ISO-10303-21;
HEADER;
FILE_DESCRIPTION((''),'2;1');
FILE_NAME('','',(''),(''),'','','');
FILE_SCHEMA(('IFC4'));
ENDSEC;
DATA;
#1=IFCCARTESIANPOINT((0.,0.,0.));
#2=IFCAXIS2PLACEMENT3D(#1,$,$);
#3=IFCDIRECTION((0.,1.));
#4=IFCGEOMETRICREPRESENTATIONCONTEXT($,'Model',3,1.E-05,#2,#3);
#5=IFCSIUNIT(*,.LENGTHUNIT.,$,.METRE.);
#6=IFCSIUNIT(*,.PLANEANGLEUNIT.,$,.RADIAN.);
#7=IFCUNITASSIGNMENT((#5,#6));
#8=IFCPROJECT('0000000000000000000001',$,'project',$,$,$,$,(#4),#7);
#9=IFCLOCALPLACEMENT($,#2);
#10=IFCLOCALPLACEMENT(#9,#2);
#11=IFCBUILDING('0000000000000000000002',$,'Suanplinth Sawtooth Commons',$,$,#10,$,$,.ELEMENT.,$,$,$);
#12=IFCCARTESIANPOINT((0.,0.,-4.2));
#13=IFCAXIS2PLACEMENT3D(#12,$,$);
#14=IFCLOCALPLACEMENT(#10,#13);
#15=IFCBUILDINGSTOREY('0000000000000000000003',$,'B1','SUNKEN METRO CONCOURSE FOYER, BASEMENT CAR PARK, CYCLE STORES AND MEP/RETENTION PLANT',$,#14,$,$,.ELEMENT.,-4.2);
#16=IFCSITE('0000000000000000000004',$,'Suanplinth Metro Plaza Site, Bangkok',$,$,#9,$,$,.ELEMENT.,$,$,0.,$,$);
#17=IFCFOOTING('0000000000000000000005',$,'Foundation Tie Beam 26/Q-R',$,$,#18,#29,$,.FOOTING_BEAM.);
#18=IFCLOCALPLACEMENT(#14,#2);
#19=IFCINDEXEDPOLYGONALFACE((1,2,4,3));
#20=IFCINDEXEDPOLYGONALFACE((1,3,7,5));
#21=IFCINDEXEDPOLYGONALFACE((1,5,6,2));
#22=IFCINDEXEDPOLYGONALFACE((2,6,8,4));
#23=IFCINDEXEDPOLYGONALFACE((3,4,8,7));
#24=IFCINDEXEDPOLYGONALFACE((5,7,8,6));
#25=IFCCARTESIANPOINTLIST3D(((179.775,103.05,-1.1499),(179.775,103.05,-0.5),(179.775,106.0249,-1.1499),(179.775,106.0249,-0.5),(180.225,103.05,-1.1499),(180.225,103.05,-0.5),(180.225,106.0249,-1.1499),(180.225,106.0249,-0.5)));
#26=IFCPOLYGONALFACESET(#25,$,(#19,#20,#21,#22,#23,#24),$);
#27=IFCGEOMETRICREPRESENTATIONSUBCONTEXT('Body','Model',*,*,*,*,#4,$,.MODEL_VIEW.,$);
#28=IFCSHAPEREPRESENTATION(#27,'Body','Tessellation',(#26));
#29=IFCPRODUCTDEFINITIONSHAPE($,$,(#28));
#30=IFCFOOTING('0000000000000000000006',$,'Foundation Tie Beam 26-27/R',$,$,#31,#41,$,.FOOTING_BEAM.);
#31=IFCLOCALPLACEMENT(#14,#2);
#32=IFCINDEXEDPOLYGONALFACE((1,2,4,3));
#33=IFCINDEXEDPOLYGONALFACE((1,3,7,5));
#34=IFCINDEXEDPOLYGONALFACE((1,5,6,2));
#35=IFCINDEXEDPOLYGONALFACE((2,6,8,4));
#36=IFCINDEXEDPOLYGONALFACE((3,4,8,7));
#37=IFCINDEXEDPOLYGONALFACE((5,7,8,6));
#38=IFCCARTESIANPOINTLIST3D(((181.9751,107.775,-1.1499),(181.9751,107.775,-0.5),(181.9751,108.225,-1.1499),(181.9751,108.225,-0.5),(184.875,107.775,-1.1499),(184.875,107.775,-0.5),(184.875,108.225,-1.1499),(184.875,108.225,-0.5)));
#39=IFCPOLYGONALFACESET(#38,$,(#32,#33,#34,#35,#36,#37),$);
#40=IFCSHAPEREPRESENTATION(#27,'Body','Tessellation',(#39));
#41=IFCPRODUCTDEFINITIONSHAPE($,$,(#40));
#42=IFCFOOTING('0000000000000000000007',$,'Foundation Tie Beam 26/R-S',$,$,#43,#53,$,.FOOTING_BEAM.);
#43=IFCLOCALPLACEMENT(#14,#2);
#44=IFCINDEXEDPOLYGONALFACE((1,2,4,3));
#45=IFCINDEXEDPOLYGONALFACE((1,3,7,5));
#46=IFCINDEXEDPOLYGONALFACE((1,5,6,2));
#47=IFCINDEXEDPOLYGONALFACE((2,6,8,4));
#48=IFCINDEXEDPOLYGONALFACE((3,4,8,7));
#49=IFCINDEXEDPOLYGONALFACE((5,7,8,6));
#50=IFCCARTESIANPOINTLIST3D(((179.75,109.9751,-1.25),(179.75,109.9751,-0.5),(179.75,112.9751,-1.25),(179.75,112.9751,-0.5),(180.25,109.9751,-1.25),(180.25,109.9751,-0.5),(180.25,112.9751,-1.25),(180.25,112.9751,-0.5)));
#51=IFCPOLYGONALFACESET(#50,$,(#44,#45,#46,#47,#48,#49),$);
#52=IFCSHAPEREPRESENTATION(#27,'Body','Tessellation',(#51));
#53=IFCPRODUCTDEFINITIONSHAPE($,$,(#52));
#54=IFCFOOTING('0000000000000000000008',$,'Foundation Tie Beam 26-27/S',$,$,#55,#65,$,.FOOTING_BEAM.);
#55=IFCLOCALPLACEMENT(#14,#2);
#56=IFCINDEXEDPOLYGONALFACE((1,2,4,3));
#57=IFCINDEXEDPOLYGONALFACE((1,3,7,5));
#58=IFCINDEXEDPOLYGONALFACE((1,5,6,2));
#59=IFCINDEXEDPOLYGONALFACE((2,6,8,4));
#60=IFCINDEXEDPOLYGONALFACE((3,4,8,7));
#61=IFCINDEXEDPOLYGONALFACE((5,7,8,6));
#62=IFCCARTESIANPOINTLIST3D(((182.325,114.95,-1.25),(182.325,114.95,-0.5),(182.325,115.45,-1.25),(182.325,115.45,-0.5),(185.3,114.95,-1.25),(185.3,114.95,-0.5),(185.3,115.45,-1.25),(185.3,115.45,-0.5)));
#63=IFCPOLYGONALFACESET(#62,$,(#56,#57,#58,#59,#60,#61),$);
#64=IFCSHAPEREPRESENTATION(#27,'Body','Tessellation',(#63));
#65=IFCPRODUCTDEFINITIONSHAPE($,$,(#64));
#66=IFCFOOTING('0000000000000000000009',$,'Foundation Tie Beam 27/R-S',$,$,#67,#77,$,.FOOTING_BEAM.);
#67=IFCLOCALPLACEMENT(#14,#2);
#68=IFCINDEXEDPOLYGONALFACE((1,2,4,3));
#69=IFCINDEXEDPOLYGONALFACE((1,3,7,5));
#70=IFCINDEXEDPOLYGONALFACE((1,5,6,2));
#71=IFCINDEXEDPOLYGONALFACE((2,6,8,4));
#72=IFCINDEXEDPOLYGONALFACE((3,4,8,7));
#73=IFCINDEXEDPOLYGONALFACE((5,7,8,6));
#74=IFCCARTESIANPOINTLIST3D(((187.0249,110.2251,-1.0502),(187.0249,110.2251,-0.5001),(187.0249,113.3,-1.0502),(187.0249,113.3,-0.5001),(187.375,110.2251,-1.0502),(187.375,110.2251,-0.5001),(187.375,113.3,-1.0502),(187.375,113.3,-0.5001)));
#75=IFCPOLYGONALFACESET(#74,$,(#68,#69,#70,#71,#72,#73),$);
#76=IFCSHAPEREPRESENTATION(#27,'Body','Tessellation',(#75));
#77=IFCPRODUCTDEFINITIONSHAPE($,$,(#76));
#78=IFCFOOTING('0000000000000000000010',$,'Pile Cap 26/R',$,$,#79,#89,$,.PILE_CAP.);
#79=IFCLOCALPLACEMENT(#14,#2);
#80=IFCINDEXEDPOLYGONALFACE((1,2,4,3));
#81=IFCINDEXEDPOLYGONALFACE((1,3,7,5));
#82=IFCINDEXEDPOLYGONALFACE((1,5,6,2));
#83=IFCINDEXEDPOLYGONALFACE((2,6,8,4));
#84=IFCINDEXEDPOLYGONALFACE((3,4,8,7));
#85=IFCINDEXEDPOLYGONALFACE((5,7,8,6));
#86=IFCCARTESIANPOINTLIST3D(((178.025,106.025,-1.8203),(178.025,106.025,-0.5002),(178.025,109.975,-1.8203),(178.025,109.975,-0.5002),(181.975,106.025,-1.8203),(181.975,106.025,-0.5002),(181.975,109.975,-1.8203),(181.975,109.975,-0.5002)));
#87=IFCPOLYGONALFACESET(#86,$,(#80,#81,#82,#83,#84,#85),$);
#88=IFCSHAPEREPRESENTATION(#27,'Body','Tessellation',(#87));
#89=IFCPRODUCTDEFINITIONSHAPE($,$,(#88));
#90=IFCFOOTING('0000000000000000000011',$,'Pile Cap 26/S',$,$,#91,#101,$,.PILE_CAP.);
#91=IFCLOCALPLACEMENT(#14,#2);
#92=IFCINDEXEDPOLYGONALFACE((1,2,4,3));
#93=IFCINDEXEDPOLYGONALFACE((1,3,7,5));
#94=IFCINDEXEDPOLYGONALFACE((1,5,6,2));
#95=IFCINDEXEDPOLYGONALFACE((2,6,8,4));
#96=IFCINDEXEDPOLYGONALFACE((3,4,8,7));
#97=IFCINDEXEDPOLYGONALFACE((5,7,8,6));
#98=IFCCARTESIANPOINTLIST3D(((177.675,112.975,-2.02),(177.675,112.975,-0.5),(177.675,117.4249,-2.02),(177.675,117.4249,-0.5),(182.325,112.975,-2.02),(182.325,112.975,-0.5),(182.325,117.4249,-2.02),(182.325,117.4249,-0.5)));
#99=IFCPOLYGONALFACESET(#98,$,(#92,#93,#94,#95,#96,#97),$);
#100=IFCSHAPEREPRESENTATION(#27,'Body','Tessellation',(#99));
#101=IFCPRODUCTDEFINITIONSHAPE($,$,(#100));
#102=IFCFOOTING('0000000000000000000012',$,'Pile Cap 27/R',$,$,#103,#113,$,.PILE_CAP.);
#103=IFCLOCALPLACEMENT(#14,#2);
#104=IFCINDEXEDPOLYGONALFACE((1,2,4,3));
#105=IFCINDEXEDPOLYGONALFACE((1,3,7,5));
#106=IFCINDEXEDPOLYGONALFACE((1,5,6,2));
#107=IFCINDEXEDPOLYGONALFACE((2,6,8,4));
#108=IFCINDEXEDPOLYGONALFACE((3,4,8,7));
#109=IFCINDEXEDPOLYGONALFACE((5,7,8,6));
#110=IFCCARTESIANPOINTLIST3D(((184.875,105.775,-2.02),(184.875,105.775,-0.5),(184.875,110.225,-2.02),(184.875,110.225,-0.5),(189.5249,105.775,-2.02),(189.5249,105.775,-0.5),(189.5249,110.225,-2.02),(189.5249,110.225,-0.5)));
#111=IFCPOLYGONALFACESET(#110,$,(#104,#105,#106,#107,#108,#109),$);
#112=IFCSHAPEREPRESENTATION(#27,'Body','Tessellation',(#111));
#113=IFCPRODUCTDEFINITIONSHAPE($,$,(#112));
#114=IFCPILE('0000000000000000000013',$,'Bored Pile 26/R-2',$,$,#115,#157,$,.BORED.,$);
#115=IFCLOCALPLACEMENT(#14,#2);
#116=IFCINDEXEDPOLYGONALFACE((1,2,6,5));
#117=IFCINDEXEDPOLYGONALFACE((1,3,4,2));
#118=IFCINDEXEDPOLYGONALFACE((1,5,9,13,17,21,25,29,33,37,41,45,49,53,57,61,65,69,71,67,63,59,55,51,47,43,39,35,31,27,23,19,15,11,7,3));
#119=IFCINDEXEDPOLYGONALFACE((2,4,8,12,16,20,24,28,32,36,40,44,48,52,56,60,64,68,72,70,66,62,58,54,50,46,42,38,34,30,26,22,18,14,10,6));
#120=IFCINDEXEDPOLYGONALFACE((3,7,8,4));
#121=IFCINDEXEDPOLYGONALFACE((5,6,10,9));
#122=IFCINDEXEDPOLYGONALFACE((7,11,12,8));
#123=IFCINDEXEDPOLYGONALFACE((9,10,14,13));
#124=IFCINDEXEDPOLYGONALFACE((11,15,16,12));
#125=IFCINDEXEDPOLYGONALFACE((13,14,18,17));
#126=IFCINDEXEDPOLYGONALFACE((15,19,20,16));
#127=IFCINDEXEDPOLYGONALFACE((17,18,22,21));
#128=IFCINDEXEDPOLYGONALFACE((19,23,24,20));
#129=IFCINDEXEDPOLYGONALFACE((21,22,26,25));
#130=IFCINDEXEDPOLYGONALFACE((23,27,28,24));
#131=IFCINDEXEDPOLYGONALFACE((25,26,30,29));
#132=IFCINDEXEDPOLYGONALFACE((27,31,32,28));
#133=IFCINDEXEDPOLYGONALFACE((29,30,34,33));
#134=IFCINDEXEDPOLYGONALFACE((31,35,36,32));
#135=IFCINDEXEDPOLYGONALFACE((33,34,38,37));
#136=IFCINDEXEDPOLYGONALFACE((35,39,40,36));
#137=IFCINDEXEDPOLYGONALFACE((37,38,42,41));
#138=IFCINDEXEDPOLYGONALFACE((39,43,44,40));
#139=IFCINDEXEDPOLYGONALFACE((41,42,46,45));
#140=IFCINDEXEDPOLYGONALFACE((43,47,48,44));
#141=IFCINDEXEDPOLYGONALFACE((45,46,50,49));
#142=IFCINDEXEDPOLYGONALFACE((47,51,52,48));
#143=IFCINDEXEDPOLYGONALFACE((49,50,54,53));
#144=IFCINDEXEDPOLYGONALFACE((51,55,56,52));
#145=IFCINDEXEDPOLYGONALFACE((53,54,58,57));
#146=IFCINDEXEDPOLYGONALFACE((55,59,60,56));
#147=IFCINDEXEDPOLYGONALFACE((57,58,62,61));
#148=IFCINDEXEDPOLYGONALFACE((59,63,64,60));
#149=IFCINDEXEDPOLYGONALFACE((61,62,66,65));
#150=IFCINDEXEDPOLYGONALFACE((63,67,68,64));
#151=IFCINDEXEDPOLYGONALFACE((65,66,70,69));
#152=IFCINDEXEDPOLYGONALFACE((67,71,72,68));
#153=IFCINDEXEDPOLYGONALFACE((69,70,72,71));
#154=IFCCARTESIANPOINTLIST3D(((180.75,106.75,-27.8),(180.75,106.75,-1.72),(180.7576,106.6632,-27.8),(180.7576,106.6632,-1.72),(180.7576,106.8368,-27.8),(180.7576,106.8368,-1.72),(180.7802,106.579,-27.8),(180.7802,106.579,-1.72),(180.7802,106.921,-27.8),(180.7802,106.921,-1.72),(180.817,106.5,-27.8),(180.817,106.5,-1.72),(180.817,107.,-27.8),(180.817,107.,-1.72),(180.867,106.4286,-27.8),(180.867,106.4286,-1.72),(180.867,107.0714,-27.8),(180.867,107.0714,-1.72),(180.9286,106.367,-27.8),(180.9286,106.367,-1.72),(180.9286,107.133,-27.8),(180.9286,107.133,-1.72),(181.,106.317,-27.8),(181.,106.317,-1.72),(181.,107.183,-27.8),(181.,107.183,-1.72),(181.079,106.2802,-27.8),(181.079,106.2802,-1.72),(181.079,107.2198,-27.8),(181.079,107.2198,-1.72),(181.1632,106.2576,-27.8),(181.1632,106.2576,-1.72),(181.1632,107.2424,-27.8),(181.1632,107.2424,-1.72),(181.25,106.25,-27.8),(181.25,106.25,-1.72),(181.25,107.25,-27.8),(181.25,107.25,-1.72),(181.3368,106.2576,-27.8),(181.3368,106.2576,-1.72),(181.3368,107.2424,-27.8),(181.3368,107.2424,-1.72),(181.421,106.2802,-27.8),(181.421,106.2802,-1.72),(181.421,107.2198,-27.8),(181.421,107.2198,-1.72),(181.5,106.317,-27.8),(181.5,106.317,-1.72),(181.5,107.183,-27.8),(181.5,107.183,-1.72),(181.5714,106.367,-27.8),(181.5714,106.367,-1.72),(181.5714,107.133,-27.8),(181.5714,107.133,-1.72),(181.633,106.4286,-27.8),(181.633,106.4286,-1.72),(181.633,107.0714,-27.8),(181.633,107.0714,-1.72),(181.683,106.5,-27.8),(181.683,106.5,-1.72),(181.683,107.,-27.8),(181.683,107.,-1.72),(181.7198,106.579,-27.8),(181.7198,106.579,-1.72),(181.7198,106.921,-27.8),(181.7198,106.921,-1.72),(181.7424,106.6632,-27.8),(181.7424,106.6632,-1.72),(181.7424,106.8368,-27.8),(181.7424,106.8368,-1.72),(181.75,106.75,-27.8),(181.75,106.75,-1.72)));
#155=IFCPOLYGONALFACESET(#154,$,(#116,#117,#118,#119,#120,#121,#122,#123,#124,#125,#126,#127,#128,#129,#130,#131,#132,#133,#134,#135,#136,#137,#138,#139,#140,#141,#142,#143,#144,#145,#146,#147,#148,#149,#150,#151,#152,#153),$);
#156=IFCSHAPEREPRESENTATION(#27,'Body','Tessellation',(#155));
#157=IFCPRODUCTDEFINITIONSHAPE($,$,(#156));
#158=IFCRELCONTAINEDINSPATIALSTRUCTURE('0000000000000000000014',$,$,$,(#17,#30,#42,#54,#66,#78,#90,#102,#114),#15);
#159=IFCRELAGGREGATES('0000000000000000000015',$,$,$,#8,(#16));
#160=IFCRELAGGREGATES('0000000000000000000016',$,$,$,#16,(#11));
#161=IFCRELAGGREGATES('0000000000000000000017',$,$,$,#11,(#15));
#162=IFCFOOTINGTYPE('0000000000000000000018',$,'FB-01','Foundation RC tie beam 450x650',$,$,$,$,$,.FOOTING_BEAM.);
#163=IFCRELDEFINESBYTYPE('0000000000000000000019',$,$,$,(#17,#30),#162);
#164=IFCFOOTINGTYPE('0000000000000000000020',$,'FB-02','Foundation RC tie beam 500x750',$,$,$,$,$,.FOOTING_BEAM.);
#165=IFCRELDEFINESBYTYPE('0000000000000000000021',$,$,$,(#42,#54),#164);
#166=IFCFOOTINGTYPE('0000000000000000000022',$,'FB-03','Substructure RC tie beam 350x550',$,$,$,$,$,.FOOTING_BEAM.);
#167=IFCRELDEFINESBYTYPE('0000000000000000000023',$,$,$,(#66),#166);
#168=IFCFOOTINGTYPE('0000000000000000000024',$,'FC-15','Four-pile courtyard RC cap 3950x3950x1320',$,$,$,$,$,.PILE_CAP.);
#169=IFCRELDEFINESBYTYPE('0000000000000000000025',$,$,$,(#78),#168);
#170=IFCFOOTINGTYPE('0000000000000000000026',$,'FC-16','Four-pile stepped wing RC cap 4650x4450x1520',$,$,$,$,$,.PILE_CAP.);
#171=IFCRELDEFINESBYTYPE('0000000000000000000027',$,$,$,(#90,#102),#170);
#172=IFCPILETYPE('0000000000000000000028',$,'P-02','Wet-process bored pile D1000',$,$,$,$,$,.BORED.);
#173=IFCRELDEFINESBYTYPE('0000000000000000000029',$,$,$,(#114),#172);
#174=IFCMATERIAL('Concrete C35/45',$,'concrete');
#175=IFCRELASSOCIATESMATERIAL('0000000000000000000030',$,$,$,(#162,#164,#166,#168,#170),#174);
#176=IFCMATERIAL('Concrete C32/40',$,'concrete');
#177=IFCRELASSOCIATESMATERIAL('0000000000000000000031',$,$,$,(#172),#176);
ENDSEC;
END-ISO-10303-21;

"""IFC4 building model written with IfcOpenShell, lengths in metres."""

from ifc_helpers import new_model, si_unit, direction, frame, origin, origin_2d, place, context, subcontext, project, spatial, rectangle, circle, extrude, material, material_profile, profile_set, type_object, element, save


model = new_model("IFC4")

# Units and contexts
model_context = context("Model", 3, precision=1e-05, world=origin(), true_north=direction((0.0, 1.0)))
body_context = subcontext(model_context, "Body", "Model", "MODEL_VIEW")
ifc_project = project(units=[si_unit("LENGTHUNIT", "METRE"), si_unit("PLANEANGLEUNIT", "RADIAN")], contexts=[model_context])

# Site, building, storey
site_placement = place(None, origin())
site = spatial("IfcSite", under=ifc_project, at=site_placement, Name="Suanplinth Metro Plaza Site, Bangkok", CompositionType="ELEMENT", RefElevation=0.0)
building_placement = place(site_placement, origin())
building = spatial("IfcBuilding", under=site, at=building_placement, Name="Suanplinth Sawtooth Commons", CompositionType="ELEMENT")
storey_placement = place(building_placement, frame((0.0, 0.0, -4.2)))
storey = spatial("IfcBuildingStorey", under=building, at=storey_placement, Name="B1", Description="SUNKEN METRO CONCOURSE FOYER, BASEMENT CAR PARK, CYCLE STORES AND MEP/RETENTION PLANT", CompositionType="ELEMENT", Elevation=-4.2)

# Footings
ifc_material_1 = material(Name="Concrete C35/45", Category="concrete")
ifc_material_profile_1 = material_profile(ifc_material_1, rectangle(XDim=0.45, YDim=0.6499, at=origin_2d()), Name="PC-GDR 450x650")
ifc_profile_set_1 = profile_set([ifc_material_profile_1], Name="Concrete C35/45")
footing_type_1 = type_object("IfcFootingType", Name="FB-01", Description="Foundation RC tie beam 450x650", PredefinedType="FOOTING_BEAM", material=ifc_profile_set_1)
footing_1_placement = place(storey_placement, frame((180.0, 103.05, -0.825), z_axis=(0.0, 1.0, 0.0), x_axis=(-1.0, 0.0, 0.0)))
element("IfcFooting", 1, at=footing_1_placement, inside=storey, type_object=footing_type_1, Name="Foundation Tie Beam 26/Q-R", PredefinedType="FOOTING_BEAM", context=body_context, shape_type="SweptSolid", body=[
    extrude(rectangle(XDim=0.45, YDim=0.6499, at=origin_2d()), origin(), (0.0, 0.0, 1.0), 2.9749),
])
footing_2_placement = place(storey_placement, frame((181.9751, 108.0, -0.825), z_axis=(1.0, 0.0, 0.0), x_axis=(0.0, 1.0, 0.0)))
element("IfcFooting", 2, at=footing_2_placement, inside=storey, type_object=footing_type_1, Name="Foundation Tie Beam 26-27/R", PredefinedType="FOOTING_BEAM", context=body_context, shape_type="SweptSolid", body=[
    extrude(rectangle(XDim=0.45, YDim=0.6499, at=origin_2d()), origin(), (0.0, 0.0, 1.0), 2.8999),
])
ifc_material_profile_2 = material_profile(ifc_material_1, rectangle(XDim=0.5, YDim=0.75, at=origin_2d()), Name="RC-GDR 500x750")
ifc_profile_set_2 = profile_set([ifc_material_profile_2], Name="Concrete C35/45")
footing_type_2 = type_object("IfcFootingType", Name="FB-02", Description="Foundation RC tie beam 500x750", PredefinedType="FOOTING_BEAM", material=ifc_profile_set_2)
footing_3_placement = place(storey_placement, frame((180.0, 109.9751, -0.875), z_axis=(0.0, 1.0, 0.0), x_axis=(-1.0, 0.0, 0.0)))
element("IfcFooting", 3, at=footing_3_placement, inside=storey, type_object=footing_type_2, Name="Foundation Tie Beam 26/R-S", PredefinedType="FOOTING_BEAM", context=body_context, shape_type="SweptSolid", body=[
    extrude(rectangle(XDim=0.5, YDim=0.75, at=origin_2d()), origin(), (0.0, 0.0, 1.0), 3.0),
])
footing_4_placement = place(storey_placement, frame((182.325, 115.2, -0.875), z_axis=(1.0, 0.0, 0.0), x_axis=(0.0, 1.0, 0.0)))
element("IfcFooting", 4, at=footing_4_placement, inside=storey, type_object=footing_type_2, Name="Foundation Tie Beam 26-27/S", PredefinedType="FOOTING_BEAM", context=body_context, shape_type="SweptSolid", body=[
    extrude(rectangle(XDim=0.5, YDim=0.75, at=origin_2d()), origin(), (0.0, 0.0, 1.0), 2.9751),
])
ifc_material_profile_3 = material_profile(ifc_material_1, rectangle(XDim=0.3501, YDim=0.55, at=origin_2d()), Name="PC-BM 350x550")
ifc_profile_set_3 = profile_set([ifc_material_profile_3], Name="Concrete C35/45")
footing_type_3 = type_object("IfcFootingType", Name="FB-03", Description="Substructure RC tie beam 350x550", PredefinedType="FOOTING_BEAM", material=ifc_profile_set_3)
footing_5_placement = place(storey_placement, frame((187.2, 110.2251, -0.7751), z_axis=(0.0, 1.0, 0.0), x_axis=(-1.0, 0.0, 0.0)))
element("IfcFooting", 5, at=footing_5_placement, inside=storey, type_object=footing_type_3, Name="Foundation Tie Beam 27/R-S", PredefinedType="FOOTING_BEAM", context=body_context, shape_type="SweptSolid", body=[
    extrude(rectangle(XDim=0.3501, YDim=0.55, at=origin_2d()), origin(), (0.0, 0.0, 1.0), 3.075),
])
footing_type_4 = type_object("IfcFootingType", Name="FC-15", Description="Four-pile courtyard RC cap 3950x3950x1320", PredefinedType="PILE_CAP", material=ifc_material_1)
footing_6_placement = place(storey_placement, frame((180.0, 108.0, -1.8203), z_axis=(0.0, 0.0, 1.0), x_axis=(1.0, 0.0, 0.0)))
element("IfcFooting", 6, at=footing_6_placement, inside=storey, type_object=footing_type_4, Name="Pile Cap 26/R", PredefinedType="PILE_CAP", context=body_context, shape_type="SweptSolid", body=[
    extrude(rectangle(XDim=3.95, YDim=3.95, at=origin_2d()), origin(), (0.0, 0.0, 1.0), 1.3201),
])
footing_type_5 = type_object("IfcFootingType", Name="FC-16", Description="Four-pile stepped wing RC cap 4650x4450x1520", PredefinedType="PILE_CAP", material=ifc_material_1)
for number, where, z_axis, x_axis, name in (
    (7, (180.0, 115.2, -2.02), (0.0, 0.0, 1.0), (1.0, 0.0, 0.0), "Pile Cap 26/S"),
    (8, (187.2, 108.0, -2.02), (0.0, 0.0, 1.0), (1.0, 0.0, 0.0), "Pile Cap 27/R"),
):
    element("IfcFooting", number, at=place(storey_placement, frame(where, z_axis=z_axis, x_axis=x_axis)), inside=storey, type_object=footing_type_5, Name=name, PredefinedType="PILE_CAP", context=body_context, shape_type="SweptSolid", body=[
        extrude(rectangle(XDim=4.6499, YDim=4.45, at=origin_2d()), origin(), (0.0, 0.0, 1.0), 1.52),
    ])

# Pile
ifc_material_2 = material(Name="Concrete C32/40", Category="concrete")
ifc_material_profile_4 = material_profile(ifc_material_2, circle(Radius=0.5, at=origin_2d()), Name="PILE D1000")
ifc_profile_set_4 = profile_set([ifc_material_profile_4], Name="Concrete C32/40")
pile_type = type_object("IfcPileType", Name="P-02", Description="Wet-process bored pile D1000", PredefinedType="BORED", material=ifc_profile_set_4)
for number, where, z_axis, x_axis, name in (
    (9, (181.25, 106.75, -1.72), (0.0, 0.0, -1.0), (1.0, 0.0, 0.0), "Bored Pile 26/R-2"),
):
    element("IfcPile", number, at=place(storey_placement, frame(where, z_axis=z_axis, x_axis=x_axis)), inside=storey, type_object=pile_type, Name=name, PredefinedType="BORED", context=body_context, shape_type="SweptSolid", body=[
        extrude(circle(Radius=0.5, at=origin_2d()), origin(), (0.0, 0.0, 1.0), 26.0801),
    ])

save(model, "model.ifc")
